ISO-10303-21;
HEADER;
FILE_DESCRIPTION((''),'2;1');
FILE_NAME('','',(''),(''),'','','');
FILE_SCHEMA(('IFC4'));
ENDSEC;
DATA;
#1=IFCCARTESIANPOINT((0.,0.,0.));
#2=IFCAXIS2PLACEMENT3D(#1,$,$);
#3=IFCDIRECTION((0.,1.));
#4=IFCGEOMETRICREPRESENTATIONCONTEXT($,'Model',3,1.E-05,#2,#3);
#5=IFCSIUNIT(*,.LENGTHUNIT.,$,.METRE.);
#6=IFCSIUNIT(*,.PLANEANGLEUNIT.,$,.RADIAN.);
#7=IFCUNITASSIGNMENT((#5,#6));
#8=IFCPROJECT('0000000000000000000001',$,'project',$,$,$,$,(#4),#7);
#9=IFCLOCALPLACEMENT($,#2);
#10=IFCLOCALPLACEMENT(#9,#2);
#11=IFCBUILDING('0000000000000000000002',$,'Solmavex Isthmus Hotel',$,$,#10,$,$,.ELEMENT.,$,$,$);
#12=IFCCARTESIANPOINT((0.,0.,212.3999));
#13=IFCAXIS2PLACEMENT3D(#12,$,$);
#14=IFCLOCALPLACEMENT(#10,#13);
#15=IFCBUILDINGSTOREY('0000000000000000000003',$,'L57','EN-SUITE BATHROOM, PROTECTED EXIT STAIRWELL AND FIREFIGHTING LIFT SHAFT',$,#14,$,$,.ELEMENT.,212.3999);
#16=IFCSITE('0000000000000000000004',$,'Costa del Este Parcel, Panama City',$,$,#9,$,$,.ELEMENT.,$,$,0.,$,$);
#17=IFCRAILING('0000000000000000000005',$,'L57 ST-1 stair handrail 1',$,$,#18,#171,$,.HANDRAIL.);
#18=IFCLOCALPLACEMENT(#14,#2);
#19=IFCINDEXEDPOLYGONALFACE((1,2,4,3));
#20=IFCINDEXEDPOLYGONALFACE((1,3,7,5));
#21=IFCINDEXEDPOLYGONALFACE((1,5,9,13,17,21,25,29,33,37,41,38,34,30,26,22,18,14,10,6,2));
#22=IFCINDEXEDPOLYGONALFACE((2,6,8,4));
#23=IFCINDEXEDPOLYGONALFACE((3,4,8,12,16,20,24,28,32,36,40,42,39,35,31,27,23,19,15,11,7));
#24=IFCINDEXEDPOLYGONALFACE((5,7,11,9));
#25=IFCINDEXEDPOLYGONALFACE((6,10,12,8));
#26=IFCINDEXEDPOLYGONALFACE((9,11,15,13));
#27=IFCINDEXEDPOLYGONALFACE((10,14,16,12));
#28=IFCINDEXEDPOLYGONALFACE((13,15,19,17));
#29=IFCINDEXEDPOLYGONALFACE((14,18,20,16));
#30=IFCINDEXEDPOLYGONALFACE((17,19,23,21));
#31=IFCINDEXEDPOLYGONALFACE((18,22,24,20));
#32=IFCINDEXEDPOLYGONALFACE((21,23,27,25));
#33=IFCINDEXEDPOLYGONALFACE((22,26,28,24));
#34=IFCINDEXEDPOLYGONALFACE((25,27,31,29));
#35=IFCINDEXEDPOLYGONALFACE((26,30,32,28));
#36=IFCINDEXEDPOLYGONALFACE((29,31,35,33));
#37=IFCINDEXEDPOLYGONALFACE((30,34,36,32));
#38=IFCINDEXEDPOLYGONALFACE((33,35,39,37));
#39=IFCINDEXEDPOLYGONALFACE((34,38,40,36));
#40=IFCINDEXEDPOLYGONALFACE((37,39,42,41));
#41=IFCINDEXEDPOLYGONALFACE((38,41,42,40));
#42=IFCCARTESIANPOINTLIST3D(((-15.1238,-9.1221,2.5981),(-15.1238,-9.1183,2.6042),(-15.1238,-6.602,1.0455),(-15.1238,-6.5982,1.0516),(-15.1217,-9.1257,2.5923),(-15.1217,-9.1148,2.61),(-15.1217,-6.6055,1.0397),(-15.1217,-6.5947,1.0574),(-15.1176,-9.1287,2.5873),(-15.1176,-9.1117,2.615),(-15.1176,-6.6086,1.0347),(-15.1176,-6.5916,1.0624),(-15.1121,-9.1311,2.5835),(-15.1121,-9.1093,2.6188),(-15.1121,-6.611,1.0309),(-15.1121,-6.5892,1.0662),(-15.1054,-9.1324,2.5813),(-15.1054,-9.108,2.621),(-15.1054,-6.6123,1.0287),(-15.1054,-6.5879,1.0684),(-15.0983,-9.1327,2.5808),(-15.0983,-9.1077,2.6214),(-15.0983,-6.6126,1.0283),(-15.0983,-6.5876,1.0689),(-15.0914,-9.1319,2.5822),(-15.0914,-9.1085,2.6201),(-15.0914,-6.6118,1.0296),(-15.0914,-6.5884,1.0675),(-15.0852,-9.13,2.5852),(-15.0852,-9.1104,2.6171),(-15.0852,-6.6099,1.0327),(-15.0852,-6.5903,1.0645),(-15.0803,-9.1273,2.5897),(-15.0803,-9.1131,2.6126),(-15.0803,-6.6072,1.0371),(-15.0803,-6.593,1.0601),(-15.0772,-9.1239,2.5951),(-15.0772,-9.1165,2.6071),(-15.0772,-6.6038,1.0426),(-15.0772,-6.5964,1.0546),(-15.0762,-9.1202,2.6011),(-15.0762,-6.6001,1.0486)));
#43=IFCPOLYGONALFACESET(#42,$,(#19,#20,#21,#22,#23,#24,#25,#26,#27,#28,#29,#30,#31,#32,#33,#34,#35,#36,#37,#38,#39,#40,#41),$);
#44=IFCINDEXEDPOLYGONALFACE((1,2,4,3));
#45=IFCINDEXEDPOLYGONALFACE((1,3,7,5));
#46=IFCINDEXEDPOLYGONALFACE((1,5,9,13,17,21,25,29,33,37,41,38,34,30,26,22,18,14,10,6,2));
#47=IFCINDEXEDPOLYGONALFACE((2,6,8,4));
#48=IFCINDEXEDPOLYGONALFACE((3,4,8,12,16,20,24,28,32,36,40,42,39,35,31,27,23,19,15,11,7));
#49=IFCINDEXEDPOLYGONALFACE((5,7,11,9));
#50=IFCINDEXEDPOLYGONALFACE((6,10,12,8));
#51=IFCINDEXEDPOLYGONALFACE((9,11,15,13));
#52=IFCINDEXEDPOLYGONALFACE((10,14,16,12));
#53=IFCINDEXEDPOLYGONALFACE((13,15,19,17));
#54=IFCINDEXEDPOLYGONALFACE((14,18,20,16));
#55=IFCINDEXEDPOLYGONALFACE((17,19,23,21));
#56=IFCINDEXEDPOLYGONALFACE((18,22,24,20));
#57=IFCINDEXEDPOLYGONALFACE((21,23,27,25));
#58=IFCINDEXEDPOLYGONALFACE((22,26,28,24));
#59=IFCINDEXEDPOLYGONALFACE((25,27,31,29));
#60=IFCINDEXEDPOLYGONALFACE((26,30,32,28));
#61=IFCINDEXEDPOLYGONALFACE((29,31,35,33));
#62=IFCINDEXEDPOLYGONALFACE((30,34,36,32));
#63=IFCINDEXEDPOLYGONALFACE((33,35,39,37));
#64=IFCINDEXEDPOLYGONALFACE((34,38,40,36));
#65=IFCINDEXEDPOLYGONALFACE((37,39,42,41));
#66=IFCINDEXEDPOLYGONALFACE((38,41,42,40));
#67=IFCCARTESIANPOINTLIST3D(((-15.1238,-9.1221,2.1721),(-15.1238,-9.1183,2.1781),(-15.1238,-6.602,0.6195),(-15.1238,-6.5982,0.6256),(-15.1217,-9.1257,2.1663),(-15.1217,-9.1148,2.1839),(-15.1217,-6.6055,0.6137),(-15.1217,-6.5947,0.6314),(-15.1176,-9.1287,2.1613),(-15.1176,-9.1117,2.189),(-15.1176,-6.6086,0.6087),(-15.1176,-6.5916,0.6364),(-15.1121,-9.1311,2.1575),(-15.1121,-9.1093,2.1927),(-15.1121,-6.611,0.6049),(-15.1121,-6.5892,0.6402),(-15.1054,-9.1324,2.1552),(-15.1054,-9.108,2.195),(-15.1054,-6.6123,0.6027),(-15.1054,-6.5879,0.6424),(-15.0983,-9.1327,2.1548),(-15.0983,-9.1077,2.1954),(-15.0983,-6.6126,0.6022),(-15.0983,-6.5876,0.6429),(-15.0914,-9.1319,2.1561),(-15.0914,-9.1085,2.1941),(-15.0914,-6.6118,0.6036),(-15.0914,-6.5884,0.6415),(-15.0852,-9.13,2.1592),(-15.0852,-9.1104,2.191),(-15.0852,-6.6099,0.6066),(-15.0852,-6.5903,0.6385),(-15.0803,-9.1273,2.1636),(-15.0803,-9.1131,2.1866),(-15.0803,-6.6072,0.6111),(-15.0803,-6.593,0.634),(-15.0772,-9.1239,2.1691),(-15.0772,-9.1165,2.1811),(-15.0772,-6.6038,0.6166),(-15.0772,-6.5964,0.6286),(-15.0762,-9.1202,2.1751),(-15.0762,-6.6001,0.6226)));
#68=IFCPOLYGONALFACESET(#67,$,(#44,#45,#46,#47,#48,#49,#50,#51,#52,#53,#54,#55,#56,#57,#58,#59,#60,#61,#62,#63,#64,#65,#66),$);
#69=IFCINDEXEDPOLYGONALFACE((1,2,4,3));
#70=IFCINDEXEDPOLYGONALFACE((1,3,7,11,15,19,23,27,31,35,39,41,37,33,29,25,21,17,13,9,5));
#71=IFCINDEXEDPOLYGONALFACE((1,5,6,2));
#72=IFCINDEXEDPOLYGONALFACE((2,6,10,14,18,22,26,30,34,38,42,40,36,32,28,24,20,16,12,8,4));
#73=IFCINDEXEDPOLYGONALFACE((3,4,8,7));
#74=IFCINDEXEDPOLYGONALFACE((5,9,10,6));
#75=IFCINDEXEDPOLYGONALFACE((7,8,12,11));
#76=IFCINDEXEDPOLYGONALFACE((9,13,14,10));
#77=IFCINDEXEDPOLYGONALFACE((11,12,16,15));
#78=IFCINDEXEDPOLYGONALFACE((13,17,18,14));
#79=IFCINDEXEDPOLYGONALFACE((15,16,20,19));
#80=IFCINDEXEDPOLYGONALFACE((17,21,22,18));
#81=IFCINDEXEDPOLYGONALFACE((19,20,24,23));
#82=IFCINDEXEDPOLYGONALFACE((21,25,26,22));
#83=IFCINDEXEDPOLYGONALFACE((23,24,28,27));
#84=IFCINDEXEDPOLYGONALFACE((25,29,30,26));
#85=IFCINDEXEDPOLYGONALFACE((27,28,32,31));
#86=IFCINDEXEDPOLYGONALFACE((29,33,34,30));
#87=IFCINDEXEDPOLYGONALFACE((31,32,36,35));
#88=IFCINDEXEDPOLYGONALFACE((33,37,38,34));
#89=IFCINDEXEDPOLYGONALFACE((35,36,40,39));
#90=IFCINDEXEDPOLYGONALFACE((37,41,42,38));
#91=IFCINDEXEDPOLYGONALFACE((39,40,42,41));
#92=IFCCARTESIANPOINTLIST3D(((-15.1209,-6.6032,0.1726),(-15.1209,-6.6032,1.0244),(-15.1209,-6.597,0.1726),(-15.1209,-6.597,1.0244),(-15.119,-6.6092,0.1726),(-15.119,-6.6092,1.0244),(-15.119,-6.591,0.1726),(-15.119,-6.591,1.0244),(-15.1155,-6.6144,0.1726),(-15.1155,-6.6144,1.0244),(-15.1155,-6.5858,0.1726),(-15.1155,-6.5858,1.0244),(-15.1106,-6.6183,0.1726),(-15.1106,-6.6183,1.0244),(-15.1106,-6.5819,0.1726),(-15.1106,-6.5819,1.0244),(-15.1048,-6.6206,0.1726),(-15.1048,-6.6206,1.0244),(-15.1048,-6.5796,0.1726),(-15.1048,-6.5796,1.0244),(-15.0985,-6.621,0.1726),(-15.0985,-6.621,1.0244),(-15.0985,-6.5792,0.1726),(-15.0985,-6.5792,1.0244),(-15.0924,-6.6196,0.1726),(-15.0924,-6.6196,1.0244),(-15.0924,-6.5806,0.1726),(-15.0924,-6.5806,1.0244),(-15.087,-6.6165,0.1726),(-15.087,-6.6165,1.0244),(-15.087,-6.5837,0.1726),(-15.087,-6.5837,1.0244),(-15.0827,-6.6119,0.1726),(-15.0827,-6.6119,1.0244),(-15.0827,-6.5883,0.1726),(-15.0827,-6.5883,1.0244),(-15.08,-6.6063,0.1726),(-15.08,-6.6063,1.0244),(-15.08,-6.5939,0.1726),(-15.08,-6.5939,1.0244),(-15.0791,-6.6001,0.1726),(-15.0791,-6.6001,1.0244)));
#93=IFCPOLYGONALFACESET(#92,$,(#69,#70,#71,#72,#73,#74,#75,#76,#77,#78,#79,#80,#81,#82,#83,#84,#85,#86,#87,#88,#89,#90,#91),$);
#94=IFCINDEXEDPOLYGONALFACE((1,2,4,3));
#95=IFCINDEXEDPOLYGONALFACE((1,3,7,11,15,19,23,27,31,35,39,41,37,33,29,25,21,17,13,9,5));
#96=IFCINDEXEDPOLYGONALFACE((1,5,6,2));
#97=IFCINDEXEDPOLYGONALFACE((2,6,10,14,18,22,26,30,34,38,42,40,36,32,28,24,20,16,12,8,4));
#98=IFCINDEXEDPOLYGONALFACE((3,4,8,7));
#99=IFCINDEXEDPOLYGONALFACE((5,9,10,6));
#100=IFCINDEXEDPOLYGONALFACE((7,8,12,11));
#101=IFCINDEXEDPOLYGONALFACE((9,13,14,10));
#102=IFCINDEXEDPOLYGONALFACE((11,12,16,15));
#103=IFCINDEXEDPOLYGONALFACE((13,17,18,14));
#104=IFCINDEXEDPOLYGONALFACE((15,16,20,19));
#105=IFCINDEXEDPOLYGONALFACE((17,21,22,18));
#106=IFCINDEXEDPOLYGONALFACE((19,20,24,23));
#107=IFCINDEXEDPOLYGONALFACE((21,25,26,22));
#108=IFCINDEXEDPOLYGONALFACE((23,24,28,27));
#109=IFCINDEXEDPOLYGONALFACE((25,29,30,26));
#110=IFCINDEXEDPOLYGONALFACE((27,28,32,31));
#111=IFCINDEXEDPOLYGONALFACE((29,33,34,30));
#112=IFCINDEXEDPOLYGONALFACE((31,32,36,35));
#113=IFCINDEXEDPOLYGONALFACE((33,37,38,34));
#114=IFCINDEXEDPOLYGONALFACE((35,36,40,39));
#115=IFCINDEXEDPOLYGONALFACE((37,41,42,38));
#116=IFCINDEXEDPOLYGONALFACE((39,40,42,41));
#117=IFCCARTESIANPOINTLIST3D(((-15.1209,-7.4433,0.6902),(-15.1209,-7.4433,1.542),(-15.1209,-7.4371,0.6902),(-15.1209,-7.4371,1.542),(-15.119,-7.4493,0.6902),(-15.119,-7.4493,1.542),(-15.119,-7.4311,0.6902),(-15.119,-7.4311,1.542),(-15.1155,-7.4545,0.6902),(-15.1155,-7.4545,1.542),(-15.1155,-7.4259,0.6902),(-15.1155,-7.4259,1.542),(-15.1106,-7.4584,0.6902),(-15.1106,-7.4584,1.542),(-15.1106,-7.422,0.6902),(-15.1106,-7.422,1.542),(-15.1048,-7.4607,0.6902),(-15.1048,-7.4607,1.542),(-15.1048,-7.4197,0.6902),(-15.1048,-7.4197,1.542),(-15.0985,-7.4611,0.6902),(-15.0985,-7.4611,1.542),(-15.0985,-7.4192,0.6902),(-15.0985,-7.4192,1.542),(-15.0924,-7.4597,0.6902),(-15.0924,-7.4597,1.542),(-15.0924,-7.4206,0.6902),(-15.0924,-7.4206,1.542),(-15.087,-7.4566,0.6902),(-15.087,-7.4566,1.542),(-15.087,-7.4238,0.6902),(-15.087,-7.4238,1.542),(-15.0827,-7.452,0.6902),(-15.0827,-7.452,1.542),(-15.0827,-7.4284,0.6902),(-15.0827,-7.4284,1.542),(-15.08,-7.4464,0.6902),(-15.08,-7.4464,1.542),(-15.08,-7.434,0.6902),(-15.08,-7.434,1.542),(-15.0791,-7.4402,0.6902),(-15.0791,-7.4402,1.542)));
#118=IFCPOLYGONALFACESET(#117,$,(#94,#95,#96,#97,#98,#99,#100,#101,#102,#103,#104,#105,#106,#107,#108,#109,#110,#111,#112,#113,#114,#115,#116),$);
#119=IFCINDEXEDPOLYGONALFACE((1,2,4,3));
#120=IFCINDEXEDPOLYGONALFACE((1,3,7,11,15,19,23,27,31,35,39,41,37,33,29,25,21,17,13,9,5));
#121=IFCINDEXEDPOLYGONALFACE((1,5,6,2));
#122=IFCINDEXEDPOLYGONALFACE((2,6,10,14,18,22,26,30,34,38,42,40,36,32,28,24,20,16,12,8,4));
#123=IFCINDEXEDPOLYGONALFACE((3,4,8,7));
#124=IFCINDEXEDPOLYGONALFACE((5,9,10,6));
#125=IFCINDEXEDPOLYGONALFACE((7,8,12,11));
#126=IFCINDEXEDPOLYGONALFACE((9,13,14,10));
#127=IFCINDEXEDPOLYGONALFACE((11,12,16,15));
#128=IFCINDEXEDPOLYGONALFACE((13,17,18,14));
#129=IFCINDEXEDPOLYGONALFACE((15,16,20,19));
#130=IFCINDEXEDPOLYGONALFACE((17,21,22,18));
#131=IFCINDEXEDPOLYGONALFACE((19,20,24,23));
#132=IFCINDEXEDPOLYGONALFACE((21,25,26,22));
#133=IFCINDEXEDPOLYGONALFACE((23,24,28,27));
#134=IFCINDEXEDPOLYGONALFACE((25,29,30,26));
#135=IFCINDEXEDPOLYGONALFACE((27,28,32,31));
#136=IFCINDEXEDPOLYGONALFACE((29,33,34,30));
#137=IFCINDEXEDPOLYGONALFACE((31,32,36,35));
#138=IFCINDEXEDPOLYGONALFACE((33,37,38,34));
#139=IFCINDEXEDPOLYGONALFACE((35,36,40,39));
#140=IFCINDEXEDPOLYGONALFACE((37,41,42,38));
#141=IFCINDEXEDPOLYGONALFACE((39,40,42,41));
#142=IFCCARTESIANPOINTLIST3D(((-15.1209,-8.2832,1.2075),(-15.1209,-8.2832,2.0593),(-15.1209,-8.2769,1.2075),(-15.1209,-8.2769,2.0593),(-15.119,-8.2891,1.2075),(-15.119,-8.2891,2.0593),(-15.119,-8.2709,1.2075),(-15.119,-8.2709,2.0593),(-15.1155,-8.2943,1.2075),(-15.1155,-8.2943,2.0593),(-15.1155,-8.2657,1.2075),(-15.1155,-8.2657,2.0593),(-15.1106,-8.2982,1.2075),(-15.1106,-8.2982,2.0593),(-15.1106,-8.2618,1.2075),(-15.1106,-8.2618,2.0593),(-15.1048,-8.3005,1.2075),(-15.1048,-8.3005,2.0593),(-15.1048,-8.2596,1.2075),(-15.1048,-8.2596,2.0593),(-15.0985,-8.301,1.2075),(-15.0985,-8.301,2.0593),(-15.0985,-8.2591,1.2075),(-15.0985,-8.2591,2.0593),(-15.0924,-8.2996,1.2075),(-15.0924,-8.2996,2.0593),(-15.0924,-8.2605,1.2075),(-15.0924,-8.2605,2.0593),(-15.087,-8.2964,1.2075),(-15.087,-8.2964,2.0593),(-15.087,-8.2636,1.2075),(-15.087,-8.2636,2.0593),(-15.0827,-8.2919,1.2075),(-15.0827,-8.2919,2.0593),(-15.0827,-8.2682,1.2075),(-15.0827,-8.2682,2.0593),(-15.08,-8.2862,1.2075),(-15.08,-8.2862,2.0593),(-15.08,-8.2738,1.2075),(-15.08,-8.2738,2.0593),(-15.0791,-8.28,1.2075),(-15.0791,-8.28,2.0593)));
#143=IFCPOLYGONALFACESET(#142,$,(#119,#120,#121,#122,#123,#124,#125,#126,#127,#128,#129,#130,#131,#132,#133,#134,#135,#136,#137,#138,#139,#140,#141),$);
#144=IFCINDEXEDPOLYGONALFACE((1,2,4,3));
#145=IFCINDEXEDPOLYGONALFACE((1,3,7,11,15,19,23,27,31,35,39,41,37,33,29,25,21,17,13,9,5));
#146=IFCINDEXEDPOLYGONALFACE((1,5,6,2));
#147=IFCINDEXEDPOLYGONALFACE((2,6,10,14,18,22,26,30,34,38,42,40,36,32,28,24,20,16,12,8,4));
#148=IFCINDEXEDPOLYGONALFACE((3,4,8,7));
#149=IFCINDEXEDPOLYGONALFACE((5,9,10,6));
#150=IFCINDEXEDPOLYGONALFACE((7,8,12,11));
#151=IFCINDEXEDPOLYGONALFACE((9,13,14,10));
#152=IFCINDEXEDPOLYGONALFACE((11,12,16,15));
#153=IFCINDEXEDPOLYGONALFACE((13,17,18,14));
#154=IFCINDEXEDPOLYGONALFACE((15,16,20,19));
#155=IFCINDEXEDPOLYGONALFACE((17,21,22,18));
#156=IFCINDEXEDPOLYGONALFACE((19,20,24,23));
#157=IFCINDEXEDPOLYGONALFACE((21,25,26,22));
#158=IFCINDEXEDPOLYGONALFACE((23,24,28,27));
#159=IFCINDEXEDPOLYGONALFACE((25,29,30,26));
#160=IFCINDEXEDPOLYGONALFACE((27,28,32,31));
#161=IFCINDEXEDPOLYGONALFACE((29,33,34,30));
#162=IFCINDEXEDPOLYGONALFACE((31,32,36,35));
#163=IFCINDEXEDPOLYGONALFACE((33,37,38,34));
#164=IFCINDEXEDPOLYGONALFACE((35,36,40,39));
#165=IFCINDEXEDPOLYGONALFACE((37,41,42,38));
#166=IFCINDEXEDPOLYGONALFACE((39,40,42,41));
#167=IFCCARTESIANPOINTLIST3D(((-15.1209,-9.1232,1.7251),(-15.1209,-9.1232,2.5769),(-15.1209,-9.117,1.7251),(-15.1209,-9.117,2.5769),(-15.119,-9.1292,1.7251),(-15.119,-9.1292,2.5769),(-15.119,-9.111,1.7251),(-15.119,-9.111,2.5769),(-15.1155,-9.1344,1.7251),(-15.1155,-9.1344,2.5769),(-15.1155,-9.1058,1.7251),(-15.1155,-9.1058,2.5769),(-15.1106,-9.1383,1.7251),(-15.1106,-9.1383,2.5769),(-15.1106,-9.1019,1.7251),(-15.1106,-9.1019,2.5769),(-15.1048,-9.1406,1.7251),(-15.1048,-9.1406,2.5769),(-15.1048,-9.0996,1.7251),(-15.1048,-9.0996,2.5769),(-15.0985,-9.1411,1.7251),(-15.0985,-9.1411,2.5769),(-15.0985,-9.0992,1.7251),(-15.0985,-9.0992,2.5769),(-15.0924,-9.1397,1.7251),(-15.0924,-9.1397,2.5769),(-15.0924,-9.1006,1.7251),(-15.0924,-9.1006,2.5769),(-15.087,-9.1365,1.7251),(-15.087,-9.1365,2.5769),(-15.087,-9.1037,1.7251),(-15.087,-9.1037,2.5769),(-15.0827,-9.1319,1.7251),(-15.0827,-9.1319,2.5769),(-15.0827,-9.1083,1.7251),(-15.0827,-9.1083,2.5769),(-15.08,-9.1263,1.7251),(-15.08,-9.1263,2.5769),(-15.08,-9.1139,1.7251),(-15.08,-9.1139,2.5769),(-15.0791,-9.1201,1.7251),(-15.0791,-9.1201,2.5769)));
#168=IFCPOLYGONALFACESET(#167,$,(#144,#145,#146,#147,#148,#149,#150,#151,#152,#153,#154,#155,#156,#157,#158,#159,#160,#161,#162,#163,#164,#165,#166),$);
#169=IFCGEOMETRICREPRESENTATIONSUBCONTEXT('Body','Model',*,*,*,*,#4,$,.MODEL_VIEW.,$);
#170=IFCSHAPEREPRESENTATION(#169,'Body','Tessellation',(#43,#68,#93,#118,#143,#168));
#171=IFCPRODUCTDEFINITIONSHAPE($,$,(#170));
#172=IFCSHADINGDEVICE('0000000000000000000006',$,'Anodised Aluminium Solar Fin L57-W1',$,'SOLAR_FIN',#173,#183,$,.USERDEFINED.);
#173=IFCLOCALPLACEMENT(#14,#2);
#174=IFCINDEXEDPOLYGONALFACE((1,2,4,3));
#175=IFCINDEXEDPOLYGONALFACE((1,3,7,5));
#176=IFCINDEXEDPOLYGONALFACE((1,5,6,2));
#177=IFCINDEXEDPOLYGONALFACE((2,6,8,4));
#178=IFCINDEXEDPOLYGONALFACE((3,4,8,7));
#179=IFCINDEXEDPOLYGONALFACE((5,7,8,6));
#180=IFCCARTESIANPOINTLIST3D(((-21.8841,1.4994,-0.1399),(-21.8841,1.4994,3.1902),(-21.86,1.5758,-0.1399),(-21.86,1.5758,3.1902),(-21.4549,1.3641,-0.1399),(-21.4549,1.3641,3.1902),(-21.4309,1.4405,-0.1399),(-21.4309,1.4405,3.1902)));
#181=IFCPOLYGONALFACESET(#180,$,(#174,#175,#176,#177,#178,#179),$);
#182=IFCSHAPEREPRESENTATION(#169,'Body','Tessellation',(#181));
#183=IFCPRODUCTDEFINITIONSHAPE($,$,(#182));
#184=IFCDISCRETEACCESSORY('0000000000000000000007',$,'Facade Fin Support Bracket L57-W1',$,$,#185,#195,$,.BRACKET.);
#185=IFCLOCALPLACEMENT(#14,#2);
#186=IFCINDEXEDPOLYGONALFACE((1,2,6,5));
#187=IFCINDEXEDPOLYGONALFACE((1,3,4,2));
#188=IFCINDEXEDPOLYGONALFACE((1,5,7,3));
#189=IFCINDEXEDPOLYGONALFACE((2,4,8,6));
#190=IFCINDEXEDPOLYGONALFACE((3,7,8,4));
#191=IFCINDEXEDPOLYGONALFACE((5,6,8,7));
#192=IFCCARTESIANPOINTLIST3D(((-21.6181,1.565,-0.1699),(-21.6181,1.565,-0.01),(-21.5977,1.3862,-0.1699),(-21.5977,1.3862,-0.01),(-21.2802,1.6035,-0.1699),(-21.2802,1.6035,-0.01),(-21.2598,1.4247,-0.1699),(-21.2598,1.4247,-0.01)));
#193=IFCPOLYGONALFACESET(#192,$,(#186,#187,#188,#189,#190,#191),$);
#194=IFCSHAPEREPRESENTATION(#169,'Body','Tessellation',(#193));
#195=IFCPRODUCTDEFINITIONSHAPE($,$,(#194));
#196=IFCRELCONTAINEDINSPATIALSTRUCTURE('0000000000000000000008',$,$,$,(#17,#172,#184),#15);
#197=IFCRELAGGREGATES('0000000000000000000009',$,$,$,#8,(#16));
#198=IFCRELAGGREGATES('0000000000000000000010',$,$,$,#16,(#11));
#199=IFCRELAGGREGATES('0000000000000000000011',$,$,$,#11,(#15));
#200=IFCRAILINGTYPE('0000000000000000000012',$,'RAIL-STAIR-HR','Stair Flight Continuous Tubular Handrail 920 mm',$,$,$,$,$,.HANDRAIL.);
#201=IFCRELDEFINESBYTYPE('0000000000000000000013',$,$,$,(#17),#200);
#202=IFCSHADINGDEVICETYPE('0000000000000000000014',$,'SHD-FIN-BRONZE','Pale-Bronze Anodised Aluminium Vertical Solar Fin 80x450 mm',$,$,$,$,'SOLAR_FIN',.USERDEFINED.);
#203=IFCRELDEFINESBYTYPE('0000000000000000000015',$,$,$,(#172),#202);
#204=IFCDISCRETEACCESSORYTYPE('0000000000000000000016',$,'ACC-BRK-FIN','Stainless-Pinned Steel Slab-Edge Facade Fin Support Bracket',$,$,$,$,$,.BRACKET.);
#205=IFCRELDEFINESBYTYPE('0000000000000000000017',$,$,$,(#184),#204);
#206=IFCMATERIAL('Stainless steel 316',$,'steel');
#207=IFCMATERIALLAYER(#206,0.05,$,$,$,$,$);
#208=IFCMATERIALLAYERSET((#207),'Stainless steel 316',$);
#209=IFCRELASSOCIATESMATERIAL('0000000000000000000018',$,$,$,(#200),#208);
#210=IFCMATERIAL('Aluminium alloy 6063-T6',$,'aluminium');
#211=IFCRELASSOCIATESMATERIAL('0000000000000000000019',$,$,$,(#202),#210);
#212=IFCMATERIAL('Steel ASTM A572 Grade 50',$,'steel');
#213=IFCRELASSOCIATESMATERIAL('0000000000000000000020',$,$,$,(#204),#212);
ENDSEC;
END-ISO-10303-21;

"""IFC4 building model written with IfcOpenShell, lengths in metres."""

from ifc_helpers import new_model, si_unit, direction, frame, origin, origin_2d, place, context, subcontext, project, spatial, rectangle, circle, extrude, material, layer, layer_set, type_object, element, save


model = new_model("IFC4")

# Units and contexts
model_context = context("Model", 3, precision=1e-05, world=origin(), true_north=direction((0.0, 1.0)))
body_context = subcontext(model_context, "Body", "Model", "MODEL_VIEW")
ifc_project = project(units=[si_unit("LENGTHUNIT", "METRE"), si_unit("PLANEANGLEUNIT", "RADIAN")], contexts=[model_context])

# Site, building, storey
site_placement = place(None, origin())
site = spatial("IfcSite", under=ifc_project, at=site_placement, Name="Costa del Este Parcel, Panama City", CompositionType="ELEMENT", RefElevation=0.0)
building_placement = place(site_placement, origin())
building = spatial("IfcBuilding", under=site, at=building_placement, Name="Solmavex Isthmus Hotel", CompositionType="ELEMENT")
storey_placement = place(building_placement, frame((0.0, 0.0, 212.3999)))
storey = spatial("IfcBuildingStorey", under=building, at=storey_placement, Name="L57", Description="EN-SUITE BATHROOM, PROTECTED EXIT STAIRWELL AND FIREFIGHTING LIFT SHAFT", CompositionType="ELEMENT", Elevation=212.3999)

# Shared definitions
ifc_material_1 = material(Name="Aluminium alloy 6063-T6", Category="aluminium")

# Railing
ifc_material_2 = material(Name="Stainless steel 316", Category="steel")
ifc_layer_1 = layer(ifc_material_2, 0.05)
ifc_layer_set_1 = layer_set([ifc_layer_1], Name="Stainless steel 316")
railing_type_1 = type_object("IfcRailingType", Name="RAIL-STAIR-HR", Description="Stair Flight Continuous Tubular Handrail 920 mm", PredefinedType="HANDRAIL", material=ifc_layer_set_1)
railing_1_placement = place(storey_placement, frame((-15.1001, -6.6001, 0.1726)))
element("IfcRailing", 1, at=railing_1_placement, inside=storey, type_object=railing_type_1, Name="L57 ST-1 stair handrail 1", PredefinedType="HANDRAIL", context=body_context, shape_type="SweptSolid", body=[
    extrude(circle(Radius=0.0239, at=origin_2d()), frame((0.0, 0.0, 0.876), z_axis=(0.0, -0.8514, 0.524516), x_axis=(1.0, 0.0, 0.0)), (0.0, 0.0, 1.0), 2.96),
    extrude(circle(Radius=0.0239, at=origin_2d()), frame((0.0, 0.0, 0.45), z_axis=(0.0, -0.8514, 0.524516), x_axis=(1.0, 0.0, 0.0)), (0.0, 0.0, 1.0), 2.96),
    extrude(circle(Radius=0.021, at=origin_2d()), origin(), (0.0, 0.0, 1.0), 0.8518),
    extrude(circle(Radius=0.021, at=origin_2d()), frame((0.0, -0.8401, 0.5176)), (0.0, 0.0, 1.0), 0.8518),
    extrude(circle(Radius=0.021, at=origin_2d()), frame((0.0, -1.6799, 1.0349)), (0.0, 0.0, 1.0), 0.8518),
    extrude(circle(Radius=0.021, at=origin_2d()), frame((0.0, -2.52, 1.5525)), (0.0, 0.0, 1.0), 0.8518),
])

# Shading device
shading_device_type = type_object("IfcShadingDeviceType", Name="SHD-FIN-BRONZE", Description="Pale-Bronze Anodised Aluminium Vertical Solar Fin 80x450 mm", ElementType="SOLAR_FIN", PredefinedType="USERDEFINED", material=ifc_material_1)
shading_device_placement = place(storey_placement, frame((-21.6575, 1.47, -0.1399), z_axis=(0.0, 0.0, 1.0), x_axis=(-0.953717, 0.300706, 0.0)))
element("IfcShadingDevice", 2, at=shading_device_placement, inside=storey, type_object=shading_device_type, Name="Anodised Aluminium Solar Fin L57-W1", ObjectType="SOLAR_FIN", PredefinedType="USERDEFINED", context=body_context, shape_type="SweptSolid", body=[
    extrude(rectangle(XDim=0.45, YDim=0.0801, at=origin_2d()), origin(), (0.0, 0.0, 1.0), 3.3301),
])

# Discrete accessory
ifc_material_3 = material(Name="Steel ASTM A572 Grade 50", Category="steel")
discrete_accessory_type = type_object("IfcDiscreteAccessoryType", Name="ACC-BRK-FIN", Description="Stainless-Pinned Steel Slab-Edge Facade Fin Support Bracket", PredefinedType="BRACKET", material=ifc_material_3)
discrete_accessory_placement = place(storey_placement, frame((-21.439, 1.4949, -0.1699), z_axis=(0.0, 0.0, 1.0), x_axis=(-0.993572, -0.113203, 0.0)))
element("IfcDiscreteAccessory", 3, at=discrete_accessory_placement, inside=storey, type_object=discrete_accessory_type, Name="Facade Fin Support Bracket L57-W1", PredefinedType="BRACKET", context=body_context, shape_type="SweptSolid", body=[
    extrude(rectangle(XDim=0.3401, YDim=0.1799, at=origin_2d()), origin(), (0.0, 0.0, 1.0), 0.1599),
])

save(model, "model.ifc")
